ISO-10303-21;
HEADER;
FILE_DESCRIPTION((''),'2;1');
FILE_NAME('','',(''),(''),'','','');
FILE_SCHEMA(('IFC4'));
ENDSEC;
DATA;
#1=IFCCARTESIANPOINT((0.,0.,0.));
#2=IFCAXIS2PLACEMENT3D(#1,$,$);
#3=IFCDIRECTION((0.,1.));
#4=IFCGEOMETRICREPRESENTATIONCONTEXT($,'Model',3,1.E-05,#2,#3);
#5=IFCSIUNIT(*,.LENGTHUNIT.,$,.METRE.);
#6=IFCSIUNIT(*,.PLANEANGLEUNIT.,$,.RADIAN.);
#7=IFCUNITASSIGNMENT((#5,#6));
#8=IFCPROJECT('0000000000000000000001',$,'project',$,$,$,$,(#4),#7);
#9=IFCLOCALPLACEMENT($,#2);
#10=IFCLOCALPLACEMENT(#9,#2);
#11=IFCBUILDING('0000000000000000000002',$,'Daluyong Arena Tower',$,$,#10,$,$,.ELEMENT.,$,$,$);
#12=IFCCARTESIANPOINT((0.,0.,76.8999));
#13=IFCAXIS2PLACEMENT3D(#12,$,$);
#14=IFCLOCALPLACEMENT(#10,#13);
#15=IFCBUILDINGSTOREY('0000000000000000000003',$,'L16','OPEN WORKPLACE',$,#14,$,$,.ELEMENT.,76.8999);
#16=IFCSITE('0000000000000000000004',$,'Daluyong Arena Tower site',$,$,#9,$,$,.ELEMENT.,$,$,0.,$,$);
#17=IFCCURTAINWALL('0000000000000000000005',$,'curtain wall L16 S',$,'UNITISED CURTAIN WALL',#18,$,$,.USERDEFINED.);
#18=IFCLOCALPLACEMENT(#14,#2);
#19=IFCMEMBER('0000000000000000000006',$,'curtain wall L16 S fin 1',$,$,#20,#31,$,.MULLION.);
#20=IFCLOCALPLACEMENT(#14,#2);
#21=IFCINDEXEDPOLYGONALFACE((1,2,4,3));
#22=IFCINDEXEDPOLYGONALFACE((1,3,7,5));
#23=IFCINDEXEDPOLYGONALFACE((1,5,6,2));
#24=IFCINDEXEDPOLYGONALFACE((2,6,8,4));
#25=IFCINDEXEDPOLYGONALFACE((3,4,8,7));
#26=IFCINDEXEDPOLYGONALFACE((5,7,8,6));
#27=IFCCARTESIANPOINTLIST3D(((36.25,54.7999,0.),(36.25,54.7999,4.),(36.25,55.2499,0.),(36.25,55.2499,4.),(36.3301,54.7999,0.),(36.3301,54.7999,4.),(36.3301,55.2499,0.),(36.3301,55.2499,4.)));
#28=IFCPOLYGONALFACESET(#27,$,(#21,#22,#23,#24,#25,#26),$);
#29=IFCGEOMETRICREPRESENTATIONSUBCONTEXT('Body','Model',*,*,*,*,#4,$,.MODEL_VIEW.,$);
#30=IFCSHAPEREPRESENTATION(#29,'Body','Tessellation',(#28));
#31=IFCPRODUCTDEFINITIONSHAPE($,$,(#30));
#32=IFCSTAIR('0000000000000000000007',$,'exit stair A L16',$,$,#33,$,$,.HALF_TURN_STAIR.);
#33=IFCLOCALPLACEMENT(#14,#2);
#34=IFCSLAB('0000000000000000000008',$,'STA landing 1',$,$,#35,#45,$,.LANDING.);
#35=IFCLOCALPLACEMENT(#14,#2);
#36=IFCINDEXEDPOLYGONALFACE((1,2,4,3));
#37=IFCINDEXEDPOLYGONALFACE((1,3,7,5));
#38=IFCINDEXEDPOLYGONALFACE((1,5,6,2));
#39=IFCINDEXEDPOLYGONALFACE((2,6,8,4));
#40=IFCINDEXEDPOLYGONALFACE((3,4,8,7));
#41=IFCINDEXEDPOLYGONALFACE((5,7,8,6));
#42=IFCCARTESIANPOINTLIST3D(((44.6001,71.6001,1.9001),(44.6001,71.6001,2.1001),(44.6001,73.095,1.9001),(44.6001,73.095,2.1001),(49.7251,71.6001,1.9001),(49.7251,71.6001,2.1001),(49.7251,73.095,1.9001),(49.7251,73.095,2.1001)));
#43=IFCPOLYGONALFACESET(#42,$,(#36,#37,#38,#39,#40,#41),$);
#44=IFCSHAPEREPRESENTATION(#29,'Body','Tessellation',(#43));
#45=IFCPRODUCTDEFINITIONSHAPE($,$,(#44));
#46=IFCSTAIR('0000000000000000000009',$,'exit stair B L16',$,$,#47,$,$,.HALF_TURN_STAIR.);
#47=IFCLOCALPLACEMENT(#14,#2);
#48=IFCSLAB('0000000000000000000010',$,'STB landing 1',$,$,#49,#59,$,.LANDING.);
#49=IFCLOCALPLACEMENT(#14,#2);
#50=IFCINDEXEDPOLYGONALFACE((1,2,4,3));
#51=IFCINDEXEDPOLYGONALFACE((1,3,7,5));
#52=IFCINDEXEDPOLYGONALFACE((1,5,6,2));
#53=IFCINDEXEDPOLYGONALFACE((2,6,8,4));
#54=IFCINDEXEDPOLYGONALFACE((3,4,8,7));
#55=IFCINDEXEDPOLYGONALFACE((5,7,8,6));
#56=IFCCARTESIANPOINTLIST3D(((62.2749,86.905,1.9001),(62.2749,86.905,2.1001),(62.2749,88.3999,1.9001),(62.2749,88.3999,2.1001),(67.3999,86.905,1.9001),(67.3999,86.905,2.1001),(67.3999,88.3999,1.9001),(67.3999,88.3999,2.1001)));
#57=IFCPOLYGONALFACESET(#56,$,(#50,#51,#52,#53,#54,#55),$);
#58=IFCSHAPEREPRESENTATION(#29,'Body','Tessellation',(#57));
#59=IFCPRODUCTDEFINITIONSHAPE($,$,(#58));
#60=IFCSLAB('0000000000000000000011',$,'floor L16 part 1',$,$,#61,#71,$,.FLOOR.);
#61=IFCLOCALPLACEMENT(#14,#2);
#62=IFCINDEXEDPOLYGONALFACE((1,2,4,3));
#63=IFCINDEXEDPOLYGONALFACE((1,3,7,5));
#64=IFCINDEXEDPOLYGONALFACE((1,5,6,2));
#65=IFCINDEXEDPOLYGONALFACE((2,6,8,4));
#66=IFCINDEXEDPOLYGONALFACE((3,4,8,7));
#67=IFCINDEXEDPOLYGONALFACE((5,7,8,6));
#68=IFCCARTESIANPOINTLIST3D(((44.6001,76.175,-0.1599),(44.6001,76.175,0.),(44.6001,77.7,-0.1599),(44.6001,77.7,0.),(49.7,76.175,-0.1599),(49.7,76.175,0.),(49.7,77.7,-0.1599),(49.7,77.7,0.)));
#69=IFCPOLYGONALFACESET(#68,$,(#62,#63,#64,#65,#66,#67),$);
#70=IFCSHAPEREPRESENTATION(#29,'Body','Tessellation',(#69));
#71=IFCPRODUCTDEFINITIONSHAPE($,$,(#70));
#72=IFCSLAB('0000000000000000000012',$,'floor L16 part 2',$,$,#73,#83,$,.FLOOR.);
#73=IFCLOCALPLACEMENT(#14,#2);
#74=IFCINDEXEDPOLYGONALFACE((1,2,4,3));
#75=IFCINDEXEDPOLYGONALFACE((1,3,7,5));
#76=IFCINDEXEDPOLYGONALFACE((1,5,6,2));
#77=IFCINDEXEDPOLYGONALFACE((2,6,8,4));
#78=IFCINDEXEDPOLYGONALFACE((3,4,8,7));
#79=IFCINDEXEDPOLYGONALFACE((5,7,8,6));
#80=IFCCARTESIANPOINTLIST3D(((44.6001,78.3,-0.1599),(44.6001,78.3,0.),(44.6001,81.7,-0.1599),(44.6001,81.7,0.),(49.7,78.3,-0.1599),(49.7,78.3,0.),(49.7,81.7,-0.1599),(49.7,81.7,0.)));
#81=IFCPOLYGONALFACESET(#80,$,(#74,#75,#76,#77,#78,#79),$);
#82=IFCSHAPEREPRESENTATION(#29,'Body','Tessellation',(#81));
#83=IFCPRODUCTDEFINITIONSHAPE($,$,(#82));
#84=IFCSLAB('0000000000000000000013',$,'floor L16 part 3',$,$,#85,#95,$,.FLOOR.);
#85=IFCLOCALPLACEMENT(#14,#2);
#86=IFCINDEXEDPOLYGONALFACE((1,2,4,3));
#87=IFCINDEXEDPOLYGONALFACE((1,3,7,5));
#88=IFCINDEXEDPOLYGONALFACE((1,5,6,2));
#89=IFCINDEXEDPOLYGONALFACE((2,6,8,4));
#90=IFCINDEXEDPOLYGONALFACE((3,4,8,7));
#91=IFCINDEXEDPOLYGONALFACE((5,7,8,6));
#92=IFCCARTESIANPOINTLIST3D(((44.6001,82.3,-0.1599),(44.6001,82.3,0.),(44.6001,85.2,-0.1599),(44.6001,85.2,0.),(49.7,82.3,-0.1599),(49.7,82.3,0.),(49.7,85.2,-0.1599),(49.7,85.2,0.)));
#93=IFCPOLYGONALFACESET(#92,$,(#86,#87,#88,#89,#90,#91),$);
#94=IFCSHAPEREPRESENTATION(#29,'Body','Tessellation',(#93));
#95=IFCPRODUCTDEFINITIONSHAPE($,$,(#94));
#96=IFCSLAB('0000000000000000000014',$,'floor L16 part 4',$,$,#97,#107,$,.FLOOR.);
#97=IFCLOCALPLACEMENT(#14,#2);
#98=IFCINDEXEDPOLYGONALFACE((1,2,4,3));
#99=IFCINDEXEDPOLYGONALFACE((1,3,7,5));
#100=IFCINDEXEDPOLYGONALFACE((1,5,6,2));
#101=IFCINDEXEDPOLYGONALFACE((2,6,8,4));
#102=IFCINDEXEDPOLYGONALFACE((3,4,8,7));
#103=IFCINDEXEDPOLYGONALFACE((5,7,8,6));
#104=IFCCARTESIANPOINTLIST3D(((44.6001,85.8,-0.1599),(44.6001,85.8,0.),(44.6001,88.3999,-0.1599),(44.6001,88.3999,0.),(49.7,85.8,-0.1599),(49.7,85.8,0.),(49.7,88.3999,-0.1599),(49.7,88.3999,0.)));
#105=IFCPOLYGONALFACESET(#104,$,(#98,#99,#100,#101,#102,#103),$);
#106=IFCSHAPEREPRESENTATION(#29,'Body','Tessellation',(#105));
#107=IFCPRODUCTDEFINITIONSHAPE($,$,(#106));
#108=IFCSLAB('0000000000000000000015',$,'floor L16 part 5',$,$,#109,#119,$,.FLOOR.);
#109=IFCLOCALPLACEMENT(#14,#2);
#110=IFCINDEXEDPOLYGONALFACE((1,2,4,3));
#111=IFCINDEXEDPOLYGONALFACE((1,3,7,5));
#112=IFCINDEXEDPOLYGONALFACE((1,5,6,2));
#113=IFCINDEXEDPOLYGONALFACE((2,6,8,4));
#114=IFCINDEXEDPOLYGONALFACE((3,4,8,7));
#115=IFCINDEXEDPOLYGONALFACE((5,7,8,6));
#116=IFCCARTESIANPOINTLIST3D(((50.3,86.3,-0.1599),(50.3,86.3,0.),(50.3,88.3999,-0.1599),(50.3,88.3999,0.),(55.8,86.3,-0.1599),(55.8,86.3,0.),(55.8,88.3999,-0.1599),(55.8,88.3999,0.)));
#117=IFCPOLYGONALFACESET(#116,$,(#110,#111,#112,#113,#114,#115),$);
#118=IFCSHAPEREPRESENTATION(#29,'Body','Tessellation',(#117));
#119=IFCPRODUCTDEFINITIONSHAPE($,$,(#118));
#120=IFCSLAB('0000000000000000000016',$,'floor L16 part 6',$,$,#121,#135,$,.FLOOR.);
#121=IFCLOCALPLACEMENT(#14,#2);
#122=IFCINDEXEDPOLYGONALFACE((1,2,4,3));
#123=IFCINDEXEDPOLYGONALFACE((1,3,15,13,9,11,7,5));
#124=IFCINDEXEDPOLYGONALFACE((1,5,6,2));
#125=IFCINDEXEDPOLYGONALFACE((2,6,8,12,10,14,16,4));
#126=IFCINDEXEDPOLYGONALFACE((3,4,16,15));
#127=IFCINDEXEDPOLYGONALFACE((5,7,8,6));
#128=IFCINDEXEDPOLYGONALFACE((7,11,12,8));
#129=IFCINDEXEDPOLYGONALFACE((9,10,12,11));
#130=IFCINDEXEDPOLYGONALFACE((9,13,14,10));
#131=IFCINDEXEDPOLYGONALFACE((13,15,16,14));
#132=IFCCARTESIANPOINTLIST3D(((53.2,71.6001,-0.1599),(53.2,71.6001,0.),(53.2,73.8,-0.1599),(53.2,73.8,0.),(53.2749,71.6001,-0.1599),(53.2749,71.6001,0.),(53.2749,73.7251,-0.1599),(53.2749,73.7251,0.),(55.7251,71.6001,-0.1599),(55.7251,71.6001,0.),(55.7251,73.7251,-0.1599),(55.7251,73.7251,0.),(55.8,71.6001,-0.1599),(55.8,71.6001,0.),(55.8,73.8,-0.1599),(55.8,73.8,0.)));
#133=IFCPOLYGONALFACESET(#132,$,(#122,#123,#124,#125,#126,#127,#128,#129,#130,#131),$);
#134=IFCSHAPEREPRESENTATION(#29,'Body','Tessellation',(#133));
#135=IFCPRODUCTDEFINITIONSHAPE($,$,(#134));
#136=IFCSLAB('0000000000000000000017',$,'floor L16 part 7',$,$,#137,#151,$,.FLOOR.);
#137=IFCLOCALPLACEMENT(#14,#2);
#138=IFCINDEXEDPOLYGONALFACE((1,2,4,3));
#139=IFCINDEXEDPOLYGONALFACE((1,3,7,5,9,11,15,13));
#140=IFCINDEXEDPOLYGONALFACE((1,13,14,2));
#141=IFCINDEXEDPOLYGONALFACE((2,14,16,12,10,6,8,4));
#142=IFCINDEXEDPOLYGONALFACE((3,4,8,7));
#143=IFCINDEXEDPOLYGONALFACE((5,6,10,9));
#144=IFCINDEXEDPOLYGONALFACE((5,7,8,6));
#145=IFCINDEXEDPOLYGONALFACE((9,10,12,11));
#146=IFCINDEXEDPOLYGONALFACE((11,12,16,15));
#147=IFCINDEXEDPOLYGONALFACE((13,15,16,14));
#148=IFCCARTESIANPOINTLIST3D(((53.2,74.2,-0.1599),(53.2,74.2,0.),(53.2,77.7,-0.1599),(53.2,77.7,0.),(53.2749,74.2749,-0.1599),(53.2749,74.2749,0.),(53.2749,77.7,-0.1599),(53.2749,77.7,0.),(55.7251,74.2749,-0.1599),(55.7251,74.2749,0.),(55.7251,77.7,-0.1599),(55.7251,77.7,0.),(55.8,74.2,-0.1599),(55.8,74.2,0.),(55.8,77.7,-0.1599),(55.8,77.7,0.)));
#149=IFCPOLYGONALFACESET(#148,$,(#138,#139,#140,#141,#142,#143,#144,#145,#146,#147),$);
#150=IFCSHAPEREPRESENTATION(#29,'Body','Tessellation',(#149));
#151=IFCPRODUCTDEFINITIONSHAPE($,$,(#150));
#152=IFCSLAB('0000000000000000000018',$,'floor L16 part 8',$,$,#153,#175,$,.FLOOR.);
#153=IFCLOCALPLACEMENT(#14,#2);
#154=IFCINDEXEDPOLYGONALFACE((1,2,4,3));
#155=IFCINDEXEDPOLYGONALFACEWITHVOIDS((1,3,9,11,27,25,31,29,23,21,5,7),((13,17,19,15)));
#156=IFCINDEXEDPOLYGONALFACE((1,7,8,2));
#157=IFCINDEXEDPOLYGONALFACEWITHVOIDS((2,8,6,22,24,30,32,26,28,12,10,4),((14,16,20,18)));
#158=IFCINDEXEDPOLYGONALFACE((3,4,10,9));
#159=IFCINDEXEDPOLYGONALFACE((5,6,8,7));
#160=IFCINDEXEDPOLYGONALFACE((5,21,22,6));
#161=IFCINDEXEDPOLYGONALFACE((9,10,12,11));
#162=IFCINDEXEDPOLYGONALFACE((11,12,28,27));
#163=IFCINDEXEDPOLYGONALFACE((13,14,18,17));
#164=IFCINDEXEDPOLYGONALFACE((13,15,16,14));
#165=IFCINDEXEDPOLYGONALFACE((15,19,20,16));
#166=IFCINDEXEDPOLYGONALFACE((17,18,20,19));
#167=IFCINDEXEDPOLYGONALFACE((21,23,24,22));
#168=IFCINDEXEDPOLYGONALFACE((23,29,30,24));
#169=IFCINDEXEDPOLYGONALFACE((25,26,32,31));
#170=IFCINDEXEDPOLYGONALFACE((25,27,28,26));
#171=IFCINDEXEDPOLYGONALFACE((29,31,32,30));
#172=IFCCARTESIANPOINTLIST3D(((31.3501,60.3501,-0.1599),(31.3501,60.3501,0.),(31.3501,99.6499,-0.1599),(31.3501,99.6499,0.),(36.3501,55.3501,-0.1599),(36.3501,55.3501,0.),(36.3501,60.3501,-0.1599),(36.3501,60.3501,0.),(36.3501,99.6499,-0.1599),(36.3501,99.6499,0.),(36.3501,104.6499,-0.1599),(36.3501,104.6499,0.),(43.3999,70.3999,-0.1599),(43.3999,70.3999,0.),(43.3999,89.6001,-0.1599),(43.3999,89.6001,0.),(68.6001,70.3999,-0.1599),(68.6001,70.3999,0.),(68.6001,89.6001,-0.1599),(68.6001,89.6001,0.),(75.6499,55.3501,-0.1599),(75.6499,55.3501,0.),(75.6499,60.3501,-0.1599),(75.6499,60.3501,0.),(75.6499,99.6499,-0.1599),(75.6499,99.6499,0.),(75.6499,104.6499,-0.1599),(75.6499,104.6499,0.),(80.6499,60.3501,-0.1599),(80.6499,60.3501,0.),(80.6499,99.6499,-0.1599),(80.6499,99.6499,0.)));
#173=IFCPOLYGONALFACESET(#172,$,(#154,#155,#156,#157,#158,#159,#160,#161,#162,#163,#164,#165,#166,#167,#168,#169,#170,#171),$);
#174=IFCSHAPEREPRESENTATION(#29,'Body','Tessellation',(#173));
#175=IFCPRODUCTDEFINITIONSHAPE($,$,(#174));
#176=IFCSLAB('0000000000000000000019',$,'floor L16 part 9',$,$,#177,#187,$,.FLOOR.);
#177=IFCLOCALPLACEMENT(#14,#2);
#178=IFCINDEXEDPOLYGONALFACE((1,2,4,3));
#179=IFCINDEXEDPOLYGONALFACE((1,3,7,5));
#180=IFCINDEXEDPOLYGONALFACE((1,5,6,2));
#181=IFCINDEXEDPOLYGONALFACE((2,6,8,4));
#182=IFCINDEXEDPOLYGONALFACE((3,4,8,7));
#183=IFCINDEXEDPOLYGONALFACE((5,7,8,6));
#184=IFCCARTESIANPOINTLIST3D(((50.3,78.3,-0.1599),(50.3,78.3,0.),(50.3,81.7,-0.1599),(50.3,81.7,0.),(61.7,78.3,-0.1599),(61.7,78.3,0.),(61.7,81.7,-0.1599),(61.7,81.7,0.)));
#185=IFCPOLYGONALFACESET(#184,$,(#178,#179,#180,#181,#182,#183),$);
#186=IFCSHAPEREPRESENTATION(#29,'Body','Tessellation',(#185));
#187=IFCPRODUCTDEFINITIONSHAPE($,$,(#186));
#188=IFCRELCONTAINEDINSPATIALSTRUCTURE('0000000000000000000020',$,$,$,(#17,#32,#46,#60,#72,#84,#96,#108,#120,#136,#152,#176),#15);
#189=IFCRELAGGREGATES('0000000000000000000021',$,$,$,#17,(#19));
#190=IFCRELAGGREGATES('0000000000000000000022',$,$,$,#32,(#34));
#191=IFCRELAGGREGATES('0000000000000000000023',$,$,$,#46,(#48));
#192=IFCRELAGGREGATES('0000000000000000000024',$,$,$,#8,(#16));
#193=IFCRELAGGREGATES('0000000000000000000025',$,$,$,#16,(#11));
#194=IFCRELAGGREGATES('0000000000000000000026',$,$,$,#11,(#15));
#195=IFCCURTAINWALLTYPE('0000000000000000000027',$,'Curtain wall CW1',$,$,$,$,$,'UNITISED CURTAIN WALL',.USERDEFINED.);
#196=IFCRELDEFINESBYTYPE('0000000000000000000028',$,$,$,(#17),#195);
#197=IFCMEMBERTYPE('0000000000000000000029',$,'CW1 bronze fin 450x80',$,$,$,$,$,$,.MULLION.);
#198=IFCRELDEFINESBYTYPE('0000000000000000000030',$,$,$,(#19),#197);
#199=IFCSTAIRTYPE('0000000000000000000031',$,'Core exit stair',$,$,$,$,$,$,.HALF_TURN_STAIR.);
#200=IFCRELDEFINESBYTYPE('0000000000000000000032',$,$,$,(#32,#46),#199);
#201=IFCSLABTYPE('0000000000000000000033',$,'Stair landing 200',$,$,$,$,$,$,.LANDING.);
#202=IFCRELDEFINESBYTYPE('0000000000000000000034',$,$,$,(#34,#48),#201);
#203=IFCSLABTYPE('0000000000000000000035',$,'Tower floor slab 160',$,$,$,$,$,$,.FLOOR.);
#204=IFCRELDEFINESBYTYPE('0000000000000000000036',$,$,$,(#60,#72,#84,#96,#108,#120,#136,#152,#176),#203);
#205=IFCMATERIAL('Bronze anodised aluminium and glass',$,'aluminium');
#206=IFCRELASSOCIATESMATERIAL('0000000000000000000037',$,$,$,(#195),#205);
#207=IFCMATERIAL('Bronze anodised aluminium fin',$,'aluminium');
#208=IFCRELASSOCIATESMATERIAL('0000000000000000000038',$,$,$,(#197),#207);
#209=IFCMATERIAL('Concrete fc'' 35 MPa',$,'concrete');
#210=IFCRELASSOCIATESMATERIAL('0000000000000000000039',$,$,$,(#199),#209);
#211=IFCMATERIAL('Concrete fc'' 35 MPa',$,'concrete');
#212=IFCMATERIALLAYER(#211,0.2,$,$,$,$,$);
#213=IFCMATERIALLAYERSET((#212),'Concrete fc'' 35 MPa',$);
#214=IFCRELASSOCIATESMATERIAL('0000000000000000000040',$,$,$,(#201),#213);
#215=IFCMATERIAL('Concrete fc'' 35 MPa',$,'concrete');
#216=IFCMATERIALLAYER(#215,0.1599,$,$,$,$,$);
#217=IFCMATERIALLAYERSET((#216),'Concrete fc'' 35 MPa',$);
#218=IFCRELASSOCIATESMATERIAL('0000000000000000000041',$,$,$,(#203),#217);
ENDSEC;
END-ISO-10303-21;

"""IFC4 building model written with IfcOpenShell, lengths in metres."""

from ifc_helpers import new_model, si_unit, direction, frame, origin, origin_2d, place, context, subcontext, project, spatial, polyline, rectangle, outline, extrude, material, layer, layer_set, material_profile, profile_set, type_object, element, aggregate, save


model = new_model("IFC4")

# Units and contexts
model_context = context("Model", 3, precision=1e-05, world=origin(), true_north=direction((0.0, 1.0)))
body_context = subcontext(model_context, "Body", "Model", "MODEL_VIEW")
ifc_project = project(units=[si_unit("LENGTHUNIT", "METRE"), si_unit("PLANEANGLEUNIT", "RADIAN")], contexts=[model_context])

# Site, building, storey
site_placement = place(None, origin())
site = spatial("IfcSite", under=ifc_project, at=site_placement, Name="Daluyong Arena Tower site", CompositionType="ELEMENT", RefElevation=0.0)
building_placement = place(site_placement, origin())
building = spatial("IfcBuilding", under=site, at=building_placement, Name="Daluyong Arena Tower", CompositionType="ELEMENT")
storey_placement = place(building_placement, frame((0.0, 0.0, 76.8999)))
storey = spatial("IfcBuildingStorey", under=building, at=storey_placement, Name="L16", Description="OPEN WORKPLACE", CompositionType="ELEMENT", Elevation=76.8999)

# Curtain wall, member
ifc_material_1 = material(Name="Bronze anodised aluminium and glass", Category="aluminium")
curtain_wall_type = type_object("IfcCurtainWallType", Name="Curtain wall CW1", ElementType="UNITISED CURTAIN WALL", PredefinedType="USERDEFINED", material=ifc_material_1)
curtain_wall_placement = place(storey_placement, origin())
curtain_wall = element("IfcCurtainWall", 1, at=curtain_wall_placement, inside=storey, type_object=curtain_wall_type, Name="curtain wall L16 S", ObjectType="UNITISED CURTAIN WALL", PredefinedType="USERDEFINED")
ifc_material_2 = material(Name="Bronze anodised aluminium fin", Category="aluminium")
ifc_material_profile = material_profile(ifc_material_2, rectangle(XDim=0.45, YDim=0.0801, at=origin_2d()))
ifc_profile_set = profile_set([ifc_material_profile], Name="Bronze anodised aluminium fin")
member_type = type_object("IfcMemberType", Name="CW1 bronze fin 450x80", PredefinedType="MULLION", material=ifc_profile_set)
member_placement = place(storey_placement, frame((36.29, 55.0249, 0.0), z_axis=(0.0, 0.0, 1.0), x_axis=(0.0, 1.0, 0.0)))
member = element("IfcMember", 2, at=member_placement, type_object=member_type, Name="curtain wall L16 S fin 1", PredefinedType="MULLION", context=body_context, shape_type="SweptSolid", body=[
    extrude(rectangle(XDim=0.45, YDim=0.0801, at=origin_2d()), origin(), (0.0, 0.0, 1.0), 4.0),
])
aggregate(curtain_wall, [member])

# Stairs, slabs
ifc_material_3 = material(Name="Concrete fc' 35 MPa", Category="concrete")
stair_type = type_object("IfcStairType", Name="Core exit stair", PredefinedType="HALF_TURN_STAIR", material=ifc_material_3)
stair_1_placement = place(storey_placement, origin())
stair_1 = element("IfcStair", 3, at=stair_1_placement, inside=storey, type_object=stair_type, Name="exit stair A L16", PredefinedType="HALF_TURN_STAIR")
ifc_material_4 = material(Name="Concrete fc' 35 MPa", Category="concrete")
ifc_layer_1 = layer(ifc_material_4, 0.2)
ifc_layer_set_1 = layer_set([ifc_layer_1], Name="Concrete fc' 35 MPa")
slab_type_1 = type_object("IfcSlabType", Name="Stair landing 200", PredefinedType="LANDING", material=ifc_layer_set_1)
slab_1_placement = place(storey_placement, frame((0.0, 0.0, 1.9001)))
slab_1 = element("IfcSlab", 4, at=slab_1_placement, type_object=slab_type_1, Name="STA landing 1", PredefinedType="LANDING", context=body_context, shape_type="SweptSolid", body=[
    extrude(outline(polyline([(44.6001, 71.6001), (49.7251, 71.6001), (49.7251, 73.095), (44.6001, 73.095), (44.6001, 71.6001)])), origin(), (0.0, 0.0, 1.0), 0.2),
])
aggregate(stair_1, [slab_1])
stair_2_placement = place(storey_placement, origin())
stair_2 = element("IfcStair", 5, at=stair_2_placement, inside=storey, type_object=stair_type, Name="exit stair B L16", PredefinedType="HALF_TURN_STAIR")
slab_2_placement = place(storey_placement, frame((0.0, 0.0, 1.9001)))
slab_2 = element("IfcSlab", 6, at=slab_2_placement, type_object=slab_type_1, Name="STB landing 1", PredefinedType="LANDING", context=body_context, shape_type="SweptSolid", body=[
    extrude(outline(polyline([(62.2749, 86.905), (67.3999, 86.905), (67.3999, 88.3999), (62.2749, 88.3999), (62.2749, 86.905)])), origin(), (0.0, 0.0, 1.0), 0.2),
])
aggregate(stair_2, [slab_2])

# Slabs
ifc_material_5 = material(Name="Concrete fc' 35 MPa", Category="concrete")
ifc_layer_2 = layer(ifc_material_5, 0.1599)
ifc_layer_set_2 = layer_set([ifc_layer_2], Name="Concrete fc' 35 MPa")
slab_type_2 = type_object("IfcSlabType", Name="Tower floor slab 160", PredefinedType="FLOOR", material=ifc_layer_set_2)
slab_3_placement = place(storey_placement, frame((0.0, 0.0, -0.1599)))
element("IfcSlab", 7, at=slab_3_placement, inside=storey, type_object=slab_type_2, Name="floor L16 part 1", PredefinedType="FLOOR", context=body_context, shape_type="SweptSolid", body=[
    extrude(outline(polyline([(49.7, 76.175), (49.7, 77.7), (44.6001, 77.7), (44.6001, 76.175), (49.7, 76.175)])), origin(), (0.0, 0.0, 1.0), 0.1599),
])
slab_4_placement = place(storey_placement, frame((0.0, 0.0, -0.1599)))
element("IfcSlab", 8, at=slab_4_placement, inside=storey, type_object=slab_type_2, Name="floor L16 part 2", PredefinedType="FLOOR", context=body_context, shape_type="SweptSolid", body=[
    extrude(outline(polyline([(49.7, 78.3), (49.7, 81.7), (44.6001, 81.7), (44.6001, 78.3), (49.7, 78.3)])), origin(), (0.0, 0.0, 1.0), 0.1599),
])
slab_5_placement = place(storey_placement, frame((0.0, 0.0, -0.1599)))
element("IfcSlab", 9, at=slab_5_placement, inside=storey, type_object=slab_type_2, Name="floor L16 part 3", PredefinedType="FLOOR", context=body_context, shape_type="SweptSolid", body=[
    extrude(outline(polyline([(49.7, 82.3), (49.7, 85.2), (44.6001, 85.2), (44.6001, 82.3), (49.7, 82.3)])), origin(), (0.0, 0.0, 1.0), 0.1599),
])
slab_6_placement = place(storey_placement, frame((0.0, 0.0, -0.1599)))
element("IfcSlab", 10, at=slab_6_placement, inside=storey, type_object=slab_type_2, Name="floor L16 part 4", PredefinedType="FLOOR", context=body_context, shape_type="SweptSolid", body=[
    extrude(outline(polyline([(44.6001, 88.3999), (44.6001, 85.8), (49.7, 85.8), (49.7, 88.3999), (44.6001, 88.3999)])), origin(), (0.0, 0.0, 1.0), 0.1599),
])
slab_7_placement = place(storey_placement, frame((0.0, 0.0, -0.1599)))
element("IfcSlab", 11, at=slab_7_placement, inside=storey, type_object=slab_type_2, Name="floor L16 part 5", PredefinedType="FLOOR", context=body_context, shape_type="SweptSolid", body=[
    extrude(outline(polyline([(50.3, 88.3999), (50.3, 86.3), (55.8, 86.3), (55.8, 88.3999), (50.3, 88.3999)])), origin(), (0.0, 0.0, 1.0), 0.1599),
])
slab_8_placement = place(storey_placement, frame((0.0, 0.0, -0.1599)))
element("IfcSlab", 12, at=slab_8_placement, inside=storey, type_object=slab_type_2, Name="floor L16 part 6", PredefinedType="FLOOR", context=body_context, shape_type="SweptSolid", body=[
    extrude(outline(polyline([(55.7251, 73.7251), (55.7251, 71.6001), (55.8, 71.6001), (55.8, 73.8), (53.2, 73.8), (53.2, 71.6001), (53.2749, 71.6001), (53.2749, 73.7251), (55.7251, 73.7251)])), origin(), (0.0, 0.0, 1.0), 0.1599),
])
slab_9_placement = place(storey_placement, frame((0.0, 0.0, -0.1599)))
element("IfcSlab", 13, at=slab_9_placement, inside=storey, type_object=slab_type_2, Name="floor L16 part 7", PredefinedType="FLOOR", context=body_context, shape_type="SweptSolid", body=[
    extrude(outline(polyline([(53.2, 77.7), (53.2, 74.2), (55.8, 74.2), (55.8, 77.7), (55.7251, 77.7), (55.7251, 74.2749), (53.2749, 74.2749), (53.2749, 77.7), (53.2, 77.7)])), origin(), (0.0, 0.0, 1.0), 0.1599),
])
slab_10_placement = place(storey_placement, frame((0.0, 0.0, -0.1599)))
element("IfcSlab", 14, at=slab_10_placement, inside=storey, type_object=slab_type_2, Name="floor L16 part 8", PredefinedType="FLOOR", context=body_context, shape_type="SweptSolid", body=[
    extrude(outline(polyline([(36.3501, 60.3501), (36.3501, 55.3501), (75.6499, 55.3501), (75.6499, 60.3501), (80.6499, 60.3501), (80.6499, 99.6499), (75.6499, 99.6499), (75.6499, 104.6499), (36.3501, 104.6499), (36.3501, 99.6499), (31.3501, 99.6499), (31.3501, 60.3501), (36.3501, 60.3501)]), holes=[polyline([(68.6001, 89.6001), (68.6001, 70.3999), (43.3999, 70.3999), (43.3999, 89.6001), (68.6001, 89.6001)])]), origin(), (0.0, 0.0, 1.0), 0.1599),
])
slab_11_placement = place(storey_placement, frame((0.0, 0.0, -0.1599)))
element("IfcSlab", 15, at=slab_11_placement, inside=storey, type_object=slab_type_2, Name="floor L16 part 9", PredefinedType="FLOOR", context=body_context, shape_type="SweptSolid", body=[
    extrude(outline(polyline([(61.7, 81.7), (50.3, 81.7), (50.3, 78.3), (61.7, 78.3), (61.7, 81.7)])), origin(), (0.0, 0.0, 1.0), 0.1599),
])

save(model, "model.ifc")
